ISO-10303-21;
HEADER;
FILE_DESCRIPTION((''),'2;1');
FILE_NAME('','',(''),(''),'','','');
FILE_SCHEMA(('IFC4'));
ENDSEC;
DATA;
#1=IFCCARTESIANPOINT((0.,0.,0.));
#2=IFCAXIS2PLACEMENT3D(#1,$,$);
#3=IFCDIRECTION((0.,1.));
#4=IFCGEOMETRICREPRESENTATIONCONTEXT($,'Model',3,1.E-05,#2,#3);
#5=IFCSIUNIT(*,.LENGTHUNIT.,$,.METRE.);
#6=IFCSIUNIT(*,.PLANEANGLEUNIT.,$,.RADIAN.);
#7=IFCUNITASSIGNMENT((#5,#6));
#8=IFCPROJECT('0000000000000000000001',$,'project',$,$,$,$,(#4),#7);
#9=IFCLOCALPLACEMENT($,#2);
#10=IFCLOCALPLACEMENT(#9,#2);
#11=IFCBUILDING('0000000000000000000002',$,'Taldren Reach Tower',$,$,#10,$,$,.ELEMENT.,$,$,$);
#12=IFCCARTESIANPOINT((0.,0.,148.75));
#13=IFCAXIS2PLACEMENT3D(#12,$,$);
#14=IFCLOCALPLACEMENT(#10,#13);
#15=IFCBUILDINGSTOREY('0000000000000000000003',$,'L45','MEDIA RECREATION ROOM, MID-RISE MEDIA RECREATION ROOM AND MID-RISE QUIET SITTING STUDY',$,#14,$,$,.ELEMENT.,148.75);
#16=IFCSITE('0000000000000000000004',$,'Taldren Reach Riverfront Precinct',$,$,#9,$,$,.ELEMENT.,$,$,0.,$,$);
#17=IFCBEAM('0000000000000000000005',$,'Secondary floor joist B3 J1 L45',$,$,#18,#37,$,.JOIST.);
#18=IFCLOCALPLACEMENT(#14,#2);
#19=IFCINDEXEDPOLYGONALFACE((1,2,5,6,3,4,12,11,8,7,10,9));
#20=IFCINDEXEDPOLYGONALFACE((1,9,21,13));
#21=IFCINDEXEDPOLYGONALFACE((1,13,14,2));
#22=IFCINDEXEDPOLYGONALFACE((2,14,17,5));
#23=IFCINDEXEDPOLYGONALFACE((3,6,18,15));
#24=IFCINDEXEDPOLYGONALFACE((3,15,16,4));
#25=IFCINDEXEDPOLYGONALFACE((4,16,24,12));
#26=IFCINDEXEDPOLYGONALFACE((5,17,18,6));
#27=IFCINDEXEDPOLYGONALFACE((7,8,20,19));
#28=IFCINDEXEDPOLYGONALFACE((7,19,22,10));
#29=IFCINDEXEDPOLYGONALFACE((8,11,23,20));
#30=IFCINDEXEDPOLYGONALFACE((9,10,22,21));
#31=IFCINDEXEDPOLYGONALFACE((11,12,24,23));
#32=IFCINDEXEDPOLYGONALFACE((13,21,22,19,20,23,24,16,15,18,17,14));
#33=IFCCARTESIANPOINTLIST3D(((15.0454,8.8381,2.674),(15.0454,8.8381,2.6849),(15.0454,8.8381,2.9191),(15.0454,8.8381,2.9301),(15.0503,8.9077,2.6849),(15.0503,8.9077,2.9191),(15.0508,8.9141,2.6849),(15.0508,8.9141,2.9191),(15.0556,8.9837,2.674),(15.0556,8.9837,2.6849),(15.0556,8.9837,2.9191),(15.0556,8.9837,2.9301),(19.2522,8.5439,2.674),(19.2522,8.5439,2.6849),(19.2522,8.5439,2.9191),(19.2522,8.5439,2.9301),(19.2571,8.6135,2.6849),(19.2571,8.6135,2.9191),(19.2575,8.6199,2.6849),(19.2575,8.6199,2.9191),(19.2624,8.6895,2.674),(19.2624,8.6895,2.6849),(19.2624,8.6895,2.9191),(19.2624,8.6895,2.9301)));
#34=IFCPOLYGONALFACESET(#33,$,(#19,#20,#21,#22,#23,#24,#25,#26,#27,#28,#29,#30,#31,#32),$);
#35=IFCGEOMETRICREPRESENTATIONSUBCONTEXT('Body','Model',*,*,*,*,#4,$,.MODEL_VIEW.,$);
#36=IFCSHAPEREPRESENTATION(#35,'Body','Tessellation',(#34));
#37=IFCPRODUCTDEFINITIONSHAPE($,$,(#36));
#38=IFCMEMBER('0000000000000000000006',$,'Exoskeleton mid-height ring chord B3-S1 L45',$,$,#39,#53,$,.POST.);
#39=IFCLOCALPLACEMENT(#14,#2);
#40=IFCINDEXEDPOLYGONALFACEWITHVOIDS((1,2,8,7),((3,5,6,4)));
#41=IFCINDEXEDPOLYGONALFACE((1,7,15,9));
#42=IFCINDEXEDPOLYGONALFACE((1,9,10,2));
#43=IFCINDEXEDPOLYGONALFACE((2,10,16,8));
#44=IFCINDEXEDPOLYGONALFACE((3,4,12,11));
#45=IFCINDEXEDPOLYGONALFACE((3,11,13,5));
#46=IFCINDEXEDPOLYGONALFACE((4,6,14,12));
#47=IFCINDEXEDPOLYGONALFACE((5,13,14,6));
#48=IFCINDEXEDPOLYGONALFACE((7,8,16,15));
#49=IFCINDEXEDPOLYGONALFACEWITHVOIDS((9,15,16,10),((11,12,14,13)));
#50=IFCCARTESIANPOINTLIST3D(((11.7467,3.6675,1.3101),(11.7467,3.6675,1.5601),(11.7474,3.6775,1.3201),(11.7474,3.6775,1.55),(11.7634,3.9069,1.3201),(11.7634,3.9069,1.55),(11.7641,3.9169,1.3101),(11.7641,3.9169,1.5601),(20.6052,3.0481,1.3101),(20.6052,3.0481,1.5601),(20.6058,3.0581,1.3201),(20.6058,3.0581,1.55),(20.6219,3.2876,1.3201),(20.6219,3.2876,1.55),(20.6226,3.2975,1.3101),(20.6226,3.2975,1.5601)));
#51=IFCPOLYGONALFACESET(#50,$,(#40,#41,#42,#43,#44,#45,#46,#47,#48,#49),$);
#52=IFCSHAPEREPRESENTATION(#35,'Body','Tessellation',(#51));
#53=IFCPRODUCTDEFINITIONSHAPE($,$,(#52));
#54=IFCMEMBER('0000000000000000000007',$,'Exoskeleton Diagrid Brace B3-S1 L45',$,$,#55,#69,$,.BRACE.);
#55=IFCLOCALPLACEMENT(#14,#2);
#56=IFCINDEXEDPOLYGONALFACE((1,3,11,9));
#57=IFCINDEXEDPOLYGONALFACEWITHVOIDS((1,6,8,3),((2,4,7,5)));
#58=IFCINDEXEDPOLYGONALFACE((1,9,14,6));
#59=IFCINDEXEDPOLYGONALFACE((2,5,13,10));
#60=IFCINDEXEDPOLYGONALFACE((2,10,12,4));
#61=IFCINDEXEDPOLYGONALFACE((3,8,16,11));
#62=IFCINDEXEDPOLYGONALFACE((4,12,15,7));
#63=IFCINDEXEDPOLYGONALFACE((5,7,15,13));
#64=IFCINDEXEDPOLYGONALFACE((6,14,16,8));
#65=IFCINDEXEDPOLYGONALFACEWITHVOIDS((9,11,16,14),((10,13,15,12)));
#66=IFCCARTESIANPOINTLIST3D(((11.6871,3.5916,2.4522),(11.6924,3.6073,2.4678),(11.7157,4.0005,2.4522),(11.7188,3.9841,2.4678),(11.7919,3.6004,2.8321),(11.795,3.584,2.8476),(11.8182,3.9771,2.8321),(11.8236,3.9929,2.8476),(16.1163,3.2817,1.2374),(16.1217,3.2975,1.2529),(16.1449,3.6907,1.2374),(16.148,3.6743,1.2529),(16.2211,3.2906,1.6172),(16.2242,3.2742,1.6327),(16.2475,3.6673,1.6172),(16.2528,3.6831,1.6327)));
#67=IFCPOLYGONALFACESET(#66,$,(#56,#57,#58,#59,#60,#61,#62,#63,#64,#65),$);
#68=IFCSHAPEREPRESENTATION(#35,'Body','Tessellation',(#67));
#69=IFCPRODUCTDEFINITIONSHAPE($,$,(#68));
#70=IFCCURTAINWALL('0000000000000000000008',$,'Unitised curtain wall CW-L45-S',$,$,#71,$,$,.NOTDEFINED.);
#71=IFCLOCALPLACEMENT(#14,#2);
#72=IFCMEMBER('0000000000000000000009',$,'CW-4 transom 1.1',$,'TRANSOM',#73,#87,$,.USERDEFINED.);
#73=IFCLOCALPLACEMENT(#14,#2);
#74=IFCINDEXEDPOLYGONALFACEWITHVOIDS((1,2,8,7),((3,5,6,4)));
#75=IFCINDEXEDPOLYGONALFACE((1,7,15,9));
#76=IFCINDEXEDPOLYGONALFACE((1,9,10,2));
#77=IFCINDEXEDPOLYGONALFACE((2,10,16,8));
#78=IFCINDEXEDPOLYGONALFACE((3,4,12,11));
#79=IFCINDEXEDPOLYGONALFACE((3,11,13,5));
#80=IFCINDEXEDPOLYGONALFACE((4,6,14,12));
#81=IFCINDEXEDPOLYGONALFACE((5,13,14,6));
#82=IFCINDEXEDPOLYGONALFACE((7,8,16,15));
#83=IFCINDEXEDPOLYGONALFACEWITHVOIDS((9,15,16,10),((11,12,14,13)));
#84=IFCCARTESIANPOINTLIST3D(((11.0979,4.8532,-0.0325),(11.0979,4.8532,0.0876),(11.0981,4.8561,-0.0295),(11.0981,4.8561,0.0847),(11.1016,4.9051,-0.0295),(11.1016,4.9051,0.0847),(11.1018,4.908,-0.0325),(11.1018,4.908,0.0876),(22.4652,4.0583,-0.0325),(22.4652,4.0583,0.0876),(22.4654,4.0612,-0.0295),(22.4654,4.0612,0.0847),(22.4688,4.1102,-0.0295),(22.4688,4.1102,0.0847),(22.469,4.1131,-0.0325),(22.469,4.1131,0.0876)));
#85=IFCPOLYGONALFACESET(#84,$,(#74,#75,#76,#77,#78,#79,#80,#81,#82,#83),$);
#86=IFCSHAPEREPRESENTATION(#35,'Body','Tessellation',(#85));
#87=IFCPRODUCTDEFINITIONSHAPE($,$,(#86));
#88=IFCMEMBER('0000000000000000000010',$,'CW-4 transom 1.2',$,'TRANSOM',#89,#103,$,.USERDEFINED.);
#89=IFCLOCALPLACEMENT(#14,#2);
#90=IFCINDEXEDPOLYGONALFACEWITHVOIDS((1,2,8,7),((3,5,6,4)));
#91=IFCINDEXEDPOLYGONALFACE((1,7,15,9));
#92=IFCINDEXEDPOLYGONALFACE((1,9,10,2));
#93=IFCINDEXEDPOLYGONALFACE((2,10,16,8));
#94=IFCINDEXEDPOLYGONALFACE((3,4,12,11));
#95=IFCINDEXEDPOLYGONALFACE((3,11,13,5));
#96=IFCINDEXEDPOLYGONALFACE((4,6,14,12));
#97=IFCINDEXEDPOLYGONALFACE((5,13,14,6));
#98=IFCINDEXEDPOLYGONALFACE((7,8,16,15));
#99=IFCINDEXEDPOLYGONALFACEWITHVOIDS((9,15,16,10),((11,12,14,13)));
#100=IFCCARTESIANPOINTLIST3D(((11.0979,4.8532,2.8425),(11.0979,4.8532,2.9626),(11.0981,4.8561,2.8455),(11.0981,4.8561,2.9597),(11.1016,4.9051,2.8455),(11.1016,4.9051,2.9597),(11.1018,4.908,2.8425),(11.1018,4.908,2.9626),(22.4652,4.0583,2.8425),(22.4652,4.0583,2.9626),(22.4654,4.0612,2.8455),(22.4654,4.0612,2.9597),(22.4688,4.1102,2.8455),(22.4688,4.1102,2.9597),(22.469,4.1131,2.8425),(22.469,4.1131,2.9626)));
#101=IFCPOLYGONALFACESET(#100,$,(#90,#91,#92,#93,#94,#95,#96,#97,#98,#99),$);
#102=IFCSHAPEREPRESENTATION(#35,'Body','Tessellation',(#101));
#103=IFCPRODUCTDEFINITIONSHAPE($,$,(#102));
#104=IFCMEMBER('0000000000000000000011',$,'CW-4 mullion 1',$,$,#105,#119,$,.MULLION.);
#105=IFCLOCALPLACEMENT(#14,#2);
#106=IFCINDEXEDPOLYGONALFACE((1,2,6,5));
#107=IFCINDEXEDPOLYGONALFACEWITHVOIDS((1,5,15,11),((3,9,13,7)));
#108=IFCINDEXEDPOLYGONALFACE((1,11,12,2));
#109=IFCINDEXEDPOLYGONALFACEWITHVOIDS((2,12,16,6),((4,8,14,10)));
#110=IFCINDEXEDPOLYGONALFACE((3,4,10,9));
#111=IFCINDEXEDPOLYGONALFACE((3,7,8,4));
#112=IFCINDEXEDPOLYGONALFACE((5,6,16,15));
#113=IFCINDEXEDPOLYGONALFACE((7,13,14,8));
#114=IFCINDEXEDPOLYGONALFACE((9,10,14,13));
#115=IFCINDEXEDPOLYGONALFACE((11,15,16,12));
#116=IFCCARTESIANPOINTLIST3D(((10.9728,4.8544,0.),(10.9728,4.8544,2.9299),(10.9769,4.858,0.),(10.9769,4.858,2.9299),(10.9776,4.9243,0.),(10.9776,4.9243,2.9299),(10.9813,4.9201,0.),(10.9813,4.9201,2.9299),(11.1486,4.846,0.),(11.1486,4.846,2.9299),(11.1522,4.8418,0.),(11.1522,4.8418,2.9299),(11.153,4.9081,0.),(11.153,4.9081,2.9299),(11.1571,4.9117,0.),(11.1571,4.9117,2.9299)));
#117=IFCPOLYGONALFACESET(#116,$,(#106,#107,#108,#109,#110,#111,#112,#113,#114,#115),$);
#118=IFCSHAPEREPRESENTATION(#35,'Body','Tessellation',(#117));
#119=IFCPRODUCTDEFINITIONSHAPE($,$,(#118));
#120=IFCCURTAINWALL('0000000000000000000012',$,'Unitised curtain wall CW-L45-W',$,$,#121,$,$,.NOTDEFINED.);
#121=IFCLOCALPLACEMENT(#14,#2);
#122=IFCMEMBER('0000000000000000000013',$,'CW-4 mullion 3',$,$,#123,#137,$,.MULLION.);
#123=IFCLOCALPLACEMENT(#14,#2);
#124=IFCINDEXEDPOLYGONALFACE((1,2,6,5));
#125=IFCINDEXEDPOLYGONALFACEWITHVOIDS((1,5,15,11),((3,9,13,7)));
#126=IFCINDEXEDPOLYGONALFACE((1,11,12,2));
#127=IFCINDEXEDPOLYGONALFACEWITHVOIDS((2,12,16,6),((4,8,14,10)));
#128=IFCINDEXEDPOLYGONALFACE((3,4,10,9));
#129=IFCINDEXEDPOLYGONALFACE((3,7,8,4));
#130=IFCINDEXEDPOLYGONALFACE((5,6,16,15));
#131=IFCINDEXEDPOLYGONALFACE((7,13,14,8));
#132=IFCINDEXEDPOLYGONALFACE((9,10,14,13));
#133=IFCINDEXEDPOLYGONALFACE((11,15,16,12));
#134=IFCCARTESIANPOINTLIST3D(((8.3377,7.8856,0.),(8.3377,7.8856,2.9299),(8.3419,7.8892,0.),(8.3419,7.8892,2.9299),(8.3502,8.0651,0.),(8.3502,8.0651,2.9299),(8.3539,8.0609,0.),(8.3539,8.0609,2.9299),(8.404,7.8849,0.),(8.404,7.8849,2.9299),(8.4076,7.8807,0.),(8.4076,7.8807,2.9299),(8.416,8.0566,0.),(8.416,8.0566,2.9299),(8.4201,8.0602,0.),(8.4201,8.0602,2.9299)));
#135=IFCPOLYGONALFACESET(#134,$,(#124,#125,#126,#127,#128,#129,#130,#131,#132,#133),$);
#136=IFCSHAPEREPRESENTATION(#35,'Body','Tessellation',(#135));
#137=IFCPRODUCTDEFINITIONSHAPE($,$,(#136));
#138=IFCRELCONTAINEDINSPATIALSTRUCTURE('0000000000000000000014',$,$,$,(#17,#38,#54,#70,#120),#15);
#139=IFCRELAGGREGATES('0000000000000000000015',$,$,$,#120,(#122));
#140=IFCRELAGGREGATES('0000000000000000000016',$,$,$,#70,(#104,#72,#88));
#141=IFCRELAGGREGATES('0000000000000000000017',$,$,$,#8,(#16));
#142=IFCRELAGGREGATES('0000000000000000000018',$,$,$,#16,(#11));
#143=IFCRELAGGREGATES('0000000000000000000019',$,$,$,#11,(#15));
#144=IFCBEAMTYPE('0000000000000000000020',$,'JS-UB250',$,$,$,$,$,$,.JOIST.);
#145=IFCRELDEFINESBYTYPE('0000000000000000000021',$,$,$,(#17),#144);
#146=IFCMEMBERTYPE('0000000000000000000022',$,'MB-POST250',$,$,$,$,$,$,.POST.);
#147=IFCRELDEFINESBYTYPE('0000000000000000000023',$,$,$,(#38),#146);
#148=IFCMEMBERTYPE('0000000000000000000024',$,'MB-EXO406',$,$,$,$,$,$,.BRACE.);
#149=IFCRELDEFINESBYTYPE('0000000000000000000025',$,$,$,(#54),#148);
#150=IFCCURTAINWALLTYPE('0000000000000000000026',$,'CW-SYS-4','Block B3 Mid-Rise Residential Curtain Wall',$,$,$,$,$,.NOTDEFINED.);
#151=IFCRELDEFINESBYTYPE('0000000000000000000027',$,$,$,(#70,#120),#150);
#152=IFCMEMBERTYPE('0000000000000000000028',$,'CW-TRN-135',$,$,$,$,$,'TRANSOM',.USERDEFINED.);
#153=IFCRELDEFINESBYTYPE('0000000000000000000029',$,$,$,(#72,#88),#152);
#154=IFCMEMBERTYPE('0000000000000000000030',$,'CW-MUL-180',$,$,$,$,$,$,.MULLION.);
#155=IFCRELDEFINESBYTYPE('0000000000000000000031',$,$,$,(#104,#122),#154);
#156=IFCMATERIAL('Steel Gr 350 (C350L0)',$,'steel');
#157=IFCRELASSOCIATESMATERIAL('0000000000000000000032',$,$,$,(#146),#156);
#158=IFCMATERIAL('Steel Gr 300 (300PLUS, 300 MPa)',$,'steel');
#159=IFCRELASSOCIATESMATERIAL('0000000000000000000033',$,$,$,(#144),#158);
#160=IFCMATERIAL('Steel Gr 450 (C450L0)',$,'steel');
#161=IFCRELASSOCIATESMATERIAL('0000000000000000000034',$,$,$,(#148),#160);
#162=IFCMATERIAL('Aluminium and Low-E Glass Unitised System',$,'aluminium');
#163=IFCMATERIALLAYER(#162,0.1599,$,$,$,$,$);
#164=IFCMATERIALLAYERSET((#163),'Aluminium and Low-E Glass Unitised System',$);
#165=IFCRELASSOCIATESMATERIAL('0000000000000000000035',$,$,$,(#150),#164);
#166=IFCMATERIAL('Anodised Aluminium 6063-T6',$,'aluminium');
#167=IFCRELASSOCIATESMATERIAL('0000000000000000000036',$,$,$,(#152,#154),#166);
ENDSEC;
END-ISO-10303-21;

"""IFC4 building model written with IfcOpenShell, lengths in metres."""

from ifc_helpers import new_model, si_unit, direction, frame, origin, origin_2d, place, context, subcontext, project, spatial, hollow_rectangle, i_section, extrude, source, transform, mapped, material, layer, layer_set, material_profile, profile_set, type_object, element, aggregate, save


model = new_model("IFC4")

# Units and contexts
model_context = context("Model", 3, precision=1e-05, world=origin(), true_north=direction((0.0, 1.0)))
body_context = subcontext(model_context, "Body", "Model", "MODEL_VIEW")
ifc_project = project(units=[si_unit("LENGTHUNIT", "METRE"), si_unit("PLANEANGLEUNIT", "RADIAN")], contexts=[model_context])

# Site, building, storey
site_placement = place(None, origin())
site = spatial("IfcSite", under=ifc_project, at=site_placement, Name="Taldren Reach Riverfront Precinct", CompositionType="ELEMENT", RefElevation=0.0)
building_placement = place(site_placement, origin())
building = spatial("IfcBuilding", under=site, at=building_placement, Name="Taldren Reach Tower", CompositionType="ELEMENT")
storey_placement = place(building_placement, frame((0.0, 0.0, 148.75)))
storey = spatial("IfcBuildingStorey", under=building, at=storey_placement, Name="L45", Description="MEDIA RECREATION ROOM, MID-RISE MEDIA RECREATION ROOM AND MID-RISE QUIET SITTING STUDY", CompositionType="ELEMENT", Elevation=148.75)

# Shared definitions
ifc_material_1 = material(Name="Steel Gr 450 (C450L0)", Category="steel")

# Shared definitions
ifc_material_2 = material(Name="Steel Gr 350 (C350L0)", Category="steel")
ifc_material_profile_1 = material_profile(ifc_material_2, hollow_rectangle(XDim=0.25, YDim=0.25, WallThickness=0.01, at=origin_2d()), Name="250x250x10.0SHS")
ifc_profile_set_1 = profile_set([ifc_material_profile_1], Name="Steel Gr 350 (C350L0)")
member_type_1 = type_object("IfcMemberType", Name="MB-POST250", PredefinedType="POST", material=ifc_profile_set_1)

# Beam
ifc_material_3 = material(Name="Steel Gr 300 (300PLUS, 300 MPa)", Category="steel")
ifc_material_profile_2 = material_profile(ifc_material_3, i_section(OverallWidth=0.146, OverallDepth=0.2561, WebThickness=0.0063, FlangeThickness=0.011, at=origin_2d()), Name="250UB37.3")
ifc_profile_set_2 = profile_set([ifc_material_profile_2], Name="Steel Gr 300 (300PLUS, 300 MPa)")
beam_type_1 = type_object("IfcBeamType", Name="JS-UB250", PredefinedType="JOIST", material=ifc_profile_set_2)
shared_shape_1 = source(origin(), body_context, "Body", "SweptSolid", [
    extrude(i_section(OverallWidth=0.146, OverallDepth=0.2561, WebThickness=0.0063, FlangeThickness=0.011, at=origin_2d()), origin(), (0.0, 0.0, 1.0), 4.217),
])
beam_1_placement = place(storey_placement, frame((15.0505, 8.9109, 2.802), z_axis=(0.997564, -0.069762, 0.0), x_axis=(0.069762, 0.997564, 0.0)))
element("IfcBeam", 1, at=beam_1_placement, inside=storey, type_object=beam_type_1, Name="Secondary floor joist B3 J1 L45", PredefinedType="JOIST", context=body_context, shape_type="MappedRepresentation", body=[
    mapped(shared_shape_1, transform((0.0, 0.0, 0.0), scale=1.0)),
])

# Members
shared_shape_2 = source(origin(), body_context, "Body", "SweptSolid", [
    extrude(hollow_rectangle(XDim=0.25, YDim=0.25, WallThickness=0.01, at=origin_2d()), origin(), (0.0, 0.0, 1.0), 8.8801),
])
member_1_placement = place(storey_placement, frame((11.7554, 3.7922, 1.4351), z_axis=(0.997564, -0.06975, 0.0), x_axis=(0.06975, 0.997564, 0.0)))
element("IfcMember", 2, at=member_1_placement, inside=storey, type_object=member_type_1, Name="Exoskeleton mid-height ring chord B3-S1 L45", PredefinedType="POST", context=body_context, shape_type="MappedRepresentation", body=[
    mapped(shared_shape_2, transform((0.0, 0.0, 0.0), scale=1.0)),
])
ifc_material_profile_3 = material_profile(ifc_material_1, hollow_rectangle(XDim=0.4099, YDim=0.4099, WallThickness=0.0161, at=origin_2d()), Name="410x410x16.0SHS")
ifc_profile_set_3 = profile_set([ifc_material_profile_3], Name="Steel Gr 450 (C450L0)")
member_type_2 = type_object("IfcMemberType", Name="MB-EXO406", PredefinedType="BRACE", material=ifc_profile_set_3)
shared_shape_3 = source(origin(), body_context, "Body", "SweptSolid", [
    extrude(hollow_rectangle(XDim=0.4099, YDim=0.4099, WallThickness=0.0161, at=origin_2d()), origin(), (0.0, 0.0, 1.0), 4.6033),
])
member_2_placement = place(storey_placement, frame((16.1846, 3.4824, 1.4351), z_axis=(-0.962196, 0.067304, 0.263912), x_axis=(-0.069778, -0.997563, 0.0)))
element("IfcMember", 3, at=member_2_placement, inside=storey, type_object=member_type_2, Name="Exoskeleton Diagrid Brace B3-S1 L45", PredefinedType="BRACE", context=body_context, shape_type="MappedRepresentation", body=[
    mapped(shared_shape_3, transform((0.0, 0.0, 0.0), scale=1.0)),
])

# Curtain wall, members
ifc_material_4 = material(Name="Aluminium and Low-E Glass Unitised System", Category="aluminium")
ifc_layer_1 = layer(ifc_material_4, 0.1599)
ifc_layer_set_1 = layer_set([ifc_layer_1], Name="Aluminium and Low-E Glass Unitised System")
curtain_wall_type = type_object("IfcCurtainWallType", Name="CW-SYS-4", Description="Block B3 Mid-Rise Residential Curtain Wall", PredefinedType="NOTDEFINED", material=ifc_layer_set_1)
curtain_wall_1_placement = place(storey_placement, origin())
curtain_wall_1 = element("IfcCurtainWall", 4, at=curtain_wall_1_placement, inside=storey, type_object=curtain_wall_type, Name="Unitised curtain wall CW-L45-S", PredefinedType="NOTDEFINED")
ifc_material_5 = material(Name="Anodised Aluminium 6063-T6", Category="aluminium")
ifc_material_profile_4 = material_profile(ifc_material_5, hollow_rectangle(XDim=0.0549, YDim=0.1201, WallThickness=0.0029, at=origin_2d()), Name="ALU-120x55x3RHS")
ifc_profile_set_4 = profile_set([ifc_material_profile_4], Name="Anodised Aluminium 6063-T6")
member_type_3 = type_object("IfcMemberType", Name="CW-TRN-135", ElementType="TRANSOM", PredefinedType="USERDEFINED", material=ifc_profile_set_4)
shared_shape_4 = source(origin(), body_context, "Body", "SweptSolid", [
    extrude(hollow_rectangle(XDim=0.0549, YDim=0.1201, WallThickness=0.0029, at=origin_2d()), origin(), (0.0, 0.0, 1.0), 11.395),
])
member_3_placement = place(storey_placement, frame((11.0999, 4.8806, 0.0276), z_axis=(0.997564, -0.069761, 0.0), x_axis=(0.069761, 0.997564, 0.0)))
member_3 = element("IfcMember", 5, at=member_3_placement, type_object=member_type_3, Name="CW-4 transom 1.1", ObjectType="TRANSOM", PredefinedType="USERDEFINED", context=body_context, shape_type="MappedRepresentation", body=[
    mapped(shared_shape_4, transform((0.0, 0.0, 0.0), scale=1.0)),
])
member_4_placement = place(storey_placement, frame((11.0999, 4.8806, 2.9026), z_axis=(0.997564, -0.069761, 0.0), x_axis=(0.069761, 0.997564, 0.0)))
member_4 = element("IfcMember", 6, at=member_4_placement, type_object=member_type_3, Name="CW-4 transom 1.2", ObjectType="TRANSOM", PredefinedType="USERDEFINED", context=body_context, shape_type="MappedRepresentation", body=[
    mapped(shared_shape_4, transform((0.0, 0.0, 0.0), scale=1.0)),
])
ifc_material_profile_5 = material_profile(ifc_material_5, hollow_rectangle(XDim=0.0701, YDim=0.1799, WallThickness=0.0039, at=origin_2d()), Name="ALU-180x70x4RHS")
ifc_profile_set_5 = profile_set([ifc_material_profile_5], Name="Anodised Aluminium 6063-T6")
member_type_4 = type_object("IfcMemberType", Name="CW-MUL-180", PredefinedType="MULLION", material=ifc_profile_set_5)
shared_shape_5 = source(origin(), body_context, "Body", "SweptSolid", [
    extrude(hollow_rectangle(XDim=0.0701, YDim=0.1799, WallThickness=0.0039, at=origin_2d()), origin(), (0.0, 0.0, 1.0), 2.9299),
])
member_5_placement = place(storey_placement, frame((11.0649, 4.8831, 0.0), z_axis=(0.0, 0.0, 1.0), x_axis=(0.069757, 0.997564, 0.0)))
member_5 = element("IfcMember", 7, at=member_5_placement, type_object=member_type_4, Name="CW-4 mullion 1", PredefinedType="MULLION", context=body_context, shape_type="MappedRepresentation", body=[
    mapped(shared_shape_5, transform((0.0, 0.0, 0.0), scale=1.0)),
])

# Curtain wall, member
curtain_wall_2_placement = place(storey_placement, origin())
curtain_wall_2 = element("IfcCurtainWall", 8, at=curtain_wall_2_placement, inside=storey, type_object=curtain_wall_type, Name="Unitised curtain wall CW-L45-W", PredefinedType="NOTDEFINED")
member_6_placement = place(storey_placement, frame((8.3789, 7.9729, 0.0), z_axis=(0.0, 0.0, 1.0), x_axis=(0.997564, -0.069756, 0.0)))
member_6 = element("IfcMember", 9, at=member_6_placement, type_object=member_type_4, Name="CW-4 mullion 3", PredefinedType="MULLION", context=body_context, shape_type="MappedRepresentation", body=[
    mapped(shared_shape_5, transform((0.0, 0.0, 0.0), scale=1.0)),
])
aggregate(curtain_wall_2, [member_6])

aggregate(curtain_wall_1, [member_5, member_3, member_4])

save(model, "model.ifc")
